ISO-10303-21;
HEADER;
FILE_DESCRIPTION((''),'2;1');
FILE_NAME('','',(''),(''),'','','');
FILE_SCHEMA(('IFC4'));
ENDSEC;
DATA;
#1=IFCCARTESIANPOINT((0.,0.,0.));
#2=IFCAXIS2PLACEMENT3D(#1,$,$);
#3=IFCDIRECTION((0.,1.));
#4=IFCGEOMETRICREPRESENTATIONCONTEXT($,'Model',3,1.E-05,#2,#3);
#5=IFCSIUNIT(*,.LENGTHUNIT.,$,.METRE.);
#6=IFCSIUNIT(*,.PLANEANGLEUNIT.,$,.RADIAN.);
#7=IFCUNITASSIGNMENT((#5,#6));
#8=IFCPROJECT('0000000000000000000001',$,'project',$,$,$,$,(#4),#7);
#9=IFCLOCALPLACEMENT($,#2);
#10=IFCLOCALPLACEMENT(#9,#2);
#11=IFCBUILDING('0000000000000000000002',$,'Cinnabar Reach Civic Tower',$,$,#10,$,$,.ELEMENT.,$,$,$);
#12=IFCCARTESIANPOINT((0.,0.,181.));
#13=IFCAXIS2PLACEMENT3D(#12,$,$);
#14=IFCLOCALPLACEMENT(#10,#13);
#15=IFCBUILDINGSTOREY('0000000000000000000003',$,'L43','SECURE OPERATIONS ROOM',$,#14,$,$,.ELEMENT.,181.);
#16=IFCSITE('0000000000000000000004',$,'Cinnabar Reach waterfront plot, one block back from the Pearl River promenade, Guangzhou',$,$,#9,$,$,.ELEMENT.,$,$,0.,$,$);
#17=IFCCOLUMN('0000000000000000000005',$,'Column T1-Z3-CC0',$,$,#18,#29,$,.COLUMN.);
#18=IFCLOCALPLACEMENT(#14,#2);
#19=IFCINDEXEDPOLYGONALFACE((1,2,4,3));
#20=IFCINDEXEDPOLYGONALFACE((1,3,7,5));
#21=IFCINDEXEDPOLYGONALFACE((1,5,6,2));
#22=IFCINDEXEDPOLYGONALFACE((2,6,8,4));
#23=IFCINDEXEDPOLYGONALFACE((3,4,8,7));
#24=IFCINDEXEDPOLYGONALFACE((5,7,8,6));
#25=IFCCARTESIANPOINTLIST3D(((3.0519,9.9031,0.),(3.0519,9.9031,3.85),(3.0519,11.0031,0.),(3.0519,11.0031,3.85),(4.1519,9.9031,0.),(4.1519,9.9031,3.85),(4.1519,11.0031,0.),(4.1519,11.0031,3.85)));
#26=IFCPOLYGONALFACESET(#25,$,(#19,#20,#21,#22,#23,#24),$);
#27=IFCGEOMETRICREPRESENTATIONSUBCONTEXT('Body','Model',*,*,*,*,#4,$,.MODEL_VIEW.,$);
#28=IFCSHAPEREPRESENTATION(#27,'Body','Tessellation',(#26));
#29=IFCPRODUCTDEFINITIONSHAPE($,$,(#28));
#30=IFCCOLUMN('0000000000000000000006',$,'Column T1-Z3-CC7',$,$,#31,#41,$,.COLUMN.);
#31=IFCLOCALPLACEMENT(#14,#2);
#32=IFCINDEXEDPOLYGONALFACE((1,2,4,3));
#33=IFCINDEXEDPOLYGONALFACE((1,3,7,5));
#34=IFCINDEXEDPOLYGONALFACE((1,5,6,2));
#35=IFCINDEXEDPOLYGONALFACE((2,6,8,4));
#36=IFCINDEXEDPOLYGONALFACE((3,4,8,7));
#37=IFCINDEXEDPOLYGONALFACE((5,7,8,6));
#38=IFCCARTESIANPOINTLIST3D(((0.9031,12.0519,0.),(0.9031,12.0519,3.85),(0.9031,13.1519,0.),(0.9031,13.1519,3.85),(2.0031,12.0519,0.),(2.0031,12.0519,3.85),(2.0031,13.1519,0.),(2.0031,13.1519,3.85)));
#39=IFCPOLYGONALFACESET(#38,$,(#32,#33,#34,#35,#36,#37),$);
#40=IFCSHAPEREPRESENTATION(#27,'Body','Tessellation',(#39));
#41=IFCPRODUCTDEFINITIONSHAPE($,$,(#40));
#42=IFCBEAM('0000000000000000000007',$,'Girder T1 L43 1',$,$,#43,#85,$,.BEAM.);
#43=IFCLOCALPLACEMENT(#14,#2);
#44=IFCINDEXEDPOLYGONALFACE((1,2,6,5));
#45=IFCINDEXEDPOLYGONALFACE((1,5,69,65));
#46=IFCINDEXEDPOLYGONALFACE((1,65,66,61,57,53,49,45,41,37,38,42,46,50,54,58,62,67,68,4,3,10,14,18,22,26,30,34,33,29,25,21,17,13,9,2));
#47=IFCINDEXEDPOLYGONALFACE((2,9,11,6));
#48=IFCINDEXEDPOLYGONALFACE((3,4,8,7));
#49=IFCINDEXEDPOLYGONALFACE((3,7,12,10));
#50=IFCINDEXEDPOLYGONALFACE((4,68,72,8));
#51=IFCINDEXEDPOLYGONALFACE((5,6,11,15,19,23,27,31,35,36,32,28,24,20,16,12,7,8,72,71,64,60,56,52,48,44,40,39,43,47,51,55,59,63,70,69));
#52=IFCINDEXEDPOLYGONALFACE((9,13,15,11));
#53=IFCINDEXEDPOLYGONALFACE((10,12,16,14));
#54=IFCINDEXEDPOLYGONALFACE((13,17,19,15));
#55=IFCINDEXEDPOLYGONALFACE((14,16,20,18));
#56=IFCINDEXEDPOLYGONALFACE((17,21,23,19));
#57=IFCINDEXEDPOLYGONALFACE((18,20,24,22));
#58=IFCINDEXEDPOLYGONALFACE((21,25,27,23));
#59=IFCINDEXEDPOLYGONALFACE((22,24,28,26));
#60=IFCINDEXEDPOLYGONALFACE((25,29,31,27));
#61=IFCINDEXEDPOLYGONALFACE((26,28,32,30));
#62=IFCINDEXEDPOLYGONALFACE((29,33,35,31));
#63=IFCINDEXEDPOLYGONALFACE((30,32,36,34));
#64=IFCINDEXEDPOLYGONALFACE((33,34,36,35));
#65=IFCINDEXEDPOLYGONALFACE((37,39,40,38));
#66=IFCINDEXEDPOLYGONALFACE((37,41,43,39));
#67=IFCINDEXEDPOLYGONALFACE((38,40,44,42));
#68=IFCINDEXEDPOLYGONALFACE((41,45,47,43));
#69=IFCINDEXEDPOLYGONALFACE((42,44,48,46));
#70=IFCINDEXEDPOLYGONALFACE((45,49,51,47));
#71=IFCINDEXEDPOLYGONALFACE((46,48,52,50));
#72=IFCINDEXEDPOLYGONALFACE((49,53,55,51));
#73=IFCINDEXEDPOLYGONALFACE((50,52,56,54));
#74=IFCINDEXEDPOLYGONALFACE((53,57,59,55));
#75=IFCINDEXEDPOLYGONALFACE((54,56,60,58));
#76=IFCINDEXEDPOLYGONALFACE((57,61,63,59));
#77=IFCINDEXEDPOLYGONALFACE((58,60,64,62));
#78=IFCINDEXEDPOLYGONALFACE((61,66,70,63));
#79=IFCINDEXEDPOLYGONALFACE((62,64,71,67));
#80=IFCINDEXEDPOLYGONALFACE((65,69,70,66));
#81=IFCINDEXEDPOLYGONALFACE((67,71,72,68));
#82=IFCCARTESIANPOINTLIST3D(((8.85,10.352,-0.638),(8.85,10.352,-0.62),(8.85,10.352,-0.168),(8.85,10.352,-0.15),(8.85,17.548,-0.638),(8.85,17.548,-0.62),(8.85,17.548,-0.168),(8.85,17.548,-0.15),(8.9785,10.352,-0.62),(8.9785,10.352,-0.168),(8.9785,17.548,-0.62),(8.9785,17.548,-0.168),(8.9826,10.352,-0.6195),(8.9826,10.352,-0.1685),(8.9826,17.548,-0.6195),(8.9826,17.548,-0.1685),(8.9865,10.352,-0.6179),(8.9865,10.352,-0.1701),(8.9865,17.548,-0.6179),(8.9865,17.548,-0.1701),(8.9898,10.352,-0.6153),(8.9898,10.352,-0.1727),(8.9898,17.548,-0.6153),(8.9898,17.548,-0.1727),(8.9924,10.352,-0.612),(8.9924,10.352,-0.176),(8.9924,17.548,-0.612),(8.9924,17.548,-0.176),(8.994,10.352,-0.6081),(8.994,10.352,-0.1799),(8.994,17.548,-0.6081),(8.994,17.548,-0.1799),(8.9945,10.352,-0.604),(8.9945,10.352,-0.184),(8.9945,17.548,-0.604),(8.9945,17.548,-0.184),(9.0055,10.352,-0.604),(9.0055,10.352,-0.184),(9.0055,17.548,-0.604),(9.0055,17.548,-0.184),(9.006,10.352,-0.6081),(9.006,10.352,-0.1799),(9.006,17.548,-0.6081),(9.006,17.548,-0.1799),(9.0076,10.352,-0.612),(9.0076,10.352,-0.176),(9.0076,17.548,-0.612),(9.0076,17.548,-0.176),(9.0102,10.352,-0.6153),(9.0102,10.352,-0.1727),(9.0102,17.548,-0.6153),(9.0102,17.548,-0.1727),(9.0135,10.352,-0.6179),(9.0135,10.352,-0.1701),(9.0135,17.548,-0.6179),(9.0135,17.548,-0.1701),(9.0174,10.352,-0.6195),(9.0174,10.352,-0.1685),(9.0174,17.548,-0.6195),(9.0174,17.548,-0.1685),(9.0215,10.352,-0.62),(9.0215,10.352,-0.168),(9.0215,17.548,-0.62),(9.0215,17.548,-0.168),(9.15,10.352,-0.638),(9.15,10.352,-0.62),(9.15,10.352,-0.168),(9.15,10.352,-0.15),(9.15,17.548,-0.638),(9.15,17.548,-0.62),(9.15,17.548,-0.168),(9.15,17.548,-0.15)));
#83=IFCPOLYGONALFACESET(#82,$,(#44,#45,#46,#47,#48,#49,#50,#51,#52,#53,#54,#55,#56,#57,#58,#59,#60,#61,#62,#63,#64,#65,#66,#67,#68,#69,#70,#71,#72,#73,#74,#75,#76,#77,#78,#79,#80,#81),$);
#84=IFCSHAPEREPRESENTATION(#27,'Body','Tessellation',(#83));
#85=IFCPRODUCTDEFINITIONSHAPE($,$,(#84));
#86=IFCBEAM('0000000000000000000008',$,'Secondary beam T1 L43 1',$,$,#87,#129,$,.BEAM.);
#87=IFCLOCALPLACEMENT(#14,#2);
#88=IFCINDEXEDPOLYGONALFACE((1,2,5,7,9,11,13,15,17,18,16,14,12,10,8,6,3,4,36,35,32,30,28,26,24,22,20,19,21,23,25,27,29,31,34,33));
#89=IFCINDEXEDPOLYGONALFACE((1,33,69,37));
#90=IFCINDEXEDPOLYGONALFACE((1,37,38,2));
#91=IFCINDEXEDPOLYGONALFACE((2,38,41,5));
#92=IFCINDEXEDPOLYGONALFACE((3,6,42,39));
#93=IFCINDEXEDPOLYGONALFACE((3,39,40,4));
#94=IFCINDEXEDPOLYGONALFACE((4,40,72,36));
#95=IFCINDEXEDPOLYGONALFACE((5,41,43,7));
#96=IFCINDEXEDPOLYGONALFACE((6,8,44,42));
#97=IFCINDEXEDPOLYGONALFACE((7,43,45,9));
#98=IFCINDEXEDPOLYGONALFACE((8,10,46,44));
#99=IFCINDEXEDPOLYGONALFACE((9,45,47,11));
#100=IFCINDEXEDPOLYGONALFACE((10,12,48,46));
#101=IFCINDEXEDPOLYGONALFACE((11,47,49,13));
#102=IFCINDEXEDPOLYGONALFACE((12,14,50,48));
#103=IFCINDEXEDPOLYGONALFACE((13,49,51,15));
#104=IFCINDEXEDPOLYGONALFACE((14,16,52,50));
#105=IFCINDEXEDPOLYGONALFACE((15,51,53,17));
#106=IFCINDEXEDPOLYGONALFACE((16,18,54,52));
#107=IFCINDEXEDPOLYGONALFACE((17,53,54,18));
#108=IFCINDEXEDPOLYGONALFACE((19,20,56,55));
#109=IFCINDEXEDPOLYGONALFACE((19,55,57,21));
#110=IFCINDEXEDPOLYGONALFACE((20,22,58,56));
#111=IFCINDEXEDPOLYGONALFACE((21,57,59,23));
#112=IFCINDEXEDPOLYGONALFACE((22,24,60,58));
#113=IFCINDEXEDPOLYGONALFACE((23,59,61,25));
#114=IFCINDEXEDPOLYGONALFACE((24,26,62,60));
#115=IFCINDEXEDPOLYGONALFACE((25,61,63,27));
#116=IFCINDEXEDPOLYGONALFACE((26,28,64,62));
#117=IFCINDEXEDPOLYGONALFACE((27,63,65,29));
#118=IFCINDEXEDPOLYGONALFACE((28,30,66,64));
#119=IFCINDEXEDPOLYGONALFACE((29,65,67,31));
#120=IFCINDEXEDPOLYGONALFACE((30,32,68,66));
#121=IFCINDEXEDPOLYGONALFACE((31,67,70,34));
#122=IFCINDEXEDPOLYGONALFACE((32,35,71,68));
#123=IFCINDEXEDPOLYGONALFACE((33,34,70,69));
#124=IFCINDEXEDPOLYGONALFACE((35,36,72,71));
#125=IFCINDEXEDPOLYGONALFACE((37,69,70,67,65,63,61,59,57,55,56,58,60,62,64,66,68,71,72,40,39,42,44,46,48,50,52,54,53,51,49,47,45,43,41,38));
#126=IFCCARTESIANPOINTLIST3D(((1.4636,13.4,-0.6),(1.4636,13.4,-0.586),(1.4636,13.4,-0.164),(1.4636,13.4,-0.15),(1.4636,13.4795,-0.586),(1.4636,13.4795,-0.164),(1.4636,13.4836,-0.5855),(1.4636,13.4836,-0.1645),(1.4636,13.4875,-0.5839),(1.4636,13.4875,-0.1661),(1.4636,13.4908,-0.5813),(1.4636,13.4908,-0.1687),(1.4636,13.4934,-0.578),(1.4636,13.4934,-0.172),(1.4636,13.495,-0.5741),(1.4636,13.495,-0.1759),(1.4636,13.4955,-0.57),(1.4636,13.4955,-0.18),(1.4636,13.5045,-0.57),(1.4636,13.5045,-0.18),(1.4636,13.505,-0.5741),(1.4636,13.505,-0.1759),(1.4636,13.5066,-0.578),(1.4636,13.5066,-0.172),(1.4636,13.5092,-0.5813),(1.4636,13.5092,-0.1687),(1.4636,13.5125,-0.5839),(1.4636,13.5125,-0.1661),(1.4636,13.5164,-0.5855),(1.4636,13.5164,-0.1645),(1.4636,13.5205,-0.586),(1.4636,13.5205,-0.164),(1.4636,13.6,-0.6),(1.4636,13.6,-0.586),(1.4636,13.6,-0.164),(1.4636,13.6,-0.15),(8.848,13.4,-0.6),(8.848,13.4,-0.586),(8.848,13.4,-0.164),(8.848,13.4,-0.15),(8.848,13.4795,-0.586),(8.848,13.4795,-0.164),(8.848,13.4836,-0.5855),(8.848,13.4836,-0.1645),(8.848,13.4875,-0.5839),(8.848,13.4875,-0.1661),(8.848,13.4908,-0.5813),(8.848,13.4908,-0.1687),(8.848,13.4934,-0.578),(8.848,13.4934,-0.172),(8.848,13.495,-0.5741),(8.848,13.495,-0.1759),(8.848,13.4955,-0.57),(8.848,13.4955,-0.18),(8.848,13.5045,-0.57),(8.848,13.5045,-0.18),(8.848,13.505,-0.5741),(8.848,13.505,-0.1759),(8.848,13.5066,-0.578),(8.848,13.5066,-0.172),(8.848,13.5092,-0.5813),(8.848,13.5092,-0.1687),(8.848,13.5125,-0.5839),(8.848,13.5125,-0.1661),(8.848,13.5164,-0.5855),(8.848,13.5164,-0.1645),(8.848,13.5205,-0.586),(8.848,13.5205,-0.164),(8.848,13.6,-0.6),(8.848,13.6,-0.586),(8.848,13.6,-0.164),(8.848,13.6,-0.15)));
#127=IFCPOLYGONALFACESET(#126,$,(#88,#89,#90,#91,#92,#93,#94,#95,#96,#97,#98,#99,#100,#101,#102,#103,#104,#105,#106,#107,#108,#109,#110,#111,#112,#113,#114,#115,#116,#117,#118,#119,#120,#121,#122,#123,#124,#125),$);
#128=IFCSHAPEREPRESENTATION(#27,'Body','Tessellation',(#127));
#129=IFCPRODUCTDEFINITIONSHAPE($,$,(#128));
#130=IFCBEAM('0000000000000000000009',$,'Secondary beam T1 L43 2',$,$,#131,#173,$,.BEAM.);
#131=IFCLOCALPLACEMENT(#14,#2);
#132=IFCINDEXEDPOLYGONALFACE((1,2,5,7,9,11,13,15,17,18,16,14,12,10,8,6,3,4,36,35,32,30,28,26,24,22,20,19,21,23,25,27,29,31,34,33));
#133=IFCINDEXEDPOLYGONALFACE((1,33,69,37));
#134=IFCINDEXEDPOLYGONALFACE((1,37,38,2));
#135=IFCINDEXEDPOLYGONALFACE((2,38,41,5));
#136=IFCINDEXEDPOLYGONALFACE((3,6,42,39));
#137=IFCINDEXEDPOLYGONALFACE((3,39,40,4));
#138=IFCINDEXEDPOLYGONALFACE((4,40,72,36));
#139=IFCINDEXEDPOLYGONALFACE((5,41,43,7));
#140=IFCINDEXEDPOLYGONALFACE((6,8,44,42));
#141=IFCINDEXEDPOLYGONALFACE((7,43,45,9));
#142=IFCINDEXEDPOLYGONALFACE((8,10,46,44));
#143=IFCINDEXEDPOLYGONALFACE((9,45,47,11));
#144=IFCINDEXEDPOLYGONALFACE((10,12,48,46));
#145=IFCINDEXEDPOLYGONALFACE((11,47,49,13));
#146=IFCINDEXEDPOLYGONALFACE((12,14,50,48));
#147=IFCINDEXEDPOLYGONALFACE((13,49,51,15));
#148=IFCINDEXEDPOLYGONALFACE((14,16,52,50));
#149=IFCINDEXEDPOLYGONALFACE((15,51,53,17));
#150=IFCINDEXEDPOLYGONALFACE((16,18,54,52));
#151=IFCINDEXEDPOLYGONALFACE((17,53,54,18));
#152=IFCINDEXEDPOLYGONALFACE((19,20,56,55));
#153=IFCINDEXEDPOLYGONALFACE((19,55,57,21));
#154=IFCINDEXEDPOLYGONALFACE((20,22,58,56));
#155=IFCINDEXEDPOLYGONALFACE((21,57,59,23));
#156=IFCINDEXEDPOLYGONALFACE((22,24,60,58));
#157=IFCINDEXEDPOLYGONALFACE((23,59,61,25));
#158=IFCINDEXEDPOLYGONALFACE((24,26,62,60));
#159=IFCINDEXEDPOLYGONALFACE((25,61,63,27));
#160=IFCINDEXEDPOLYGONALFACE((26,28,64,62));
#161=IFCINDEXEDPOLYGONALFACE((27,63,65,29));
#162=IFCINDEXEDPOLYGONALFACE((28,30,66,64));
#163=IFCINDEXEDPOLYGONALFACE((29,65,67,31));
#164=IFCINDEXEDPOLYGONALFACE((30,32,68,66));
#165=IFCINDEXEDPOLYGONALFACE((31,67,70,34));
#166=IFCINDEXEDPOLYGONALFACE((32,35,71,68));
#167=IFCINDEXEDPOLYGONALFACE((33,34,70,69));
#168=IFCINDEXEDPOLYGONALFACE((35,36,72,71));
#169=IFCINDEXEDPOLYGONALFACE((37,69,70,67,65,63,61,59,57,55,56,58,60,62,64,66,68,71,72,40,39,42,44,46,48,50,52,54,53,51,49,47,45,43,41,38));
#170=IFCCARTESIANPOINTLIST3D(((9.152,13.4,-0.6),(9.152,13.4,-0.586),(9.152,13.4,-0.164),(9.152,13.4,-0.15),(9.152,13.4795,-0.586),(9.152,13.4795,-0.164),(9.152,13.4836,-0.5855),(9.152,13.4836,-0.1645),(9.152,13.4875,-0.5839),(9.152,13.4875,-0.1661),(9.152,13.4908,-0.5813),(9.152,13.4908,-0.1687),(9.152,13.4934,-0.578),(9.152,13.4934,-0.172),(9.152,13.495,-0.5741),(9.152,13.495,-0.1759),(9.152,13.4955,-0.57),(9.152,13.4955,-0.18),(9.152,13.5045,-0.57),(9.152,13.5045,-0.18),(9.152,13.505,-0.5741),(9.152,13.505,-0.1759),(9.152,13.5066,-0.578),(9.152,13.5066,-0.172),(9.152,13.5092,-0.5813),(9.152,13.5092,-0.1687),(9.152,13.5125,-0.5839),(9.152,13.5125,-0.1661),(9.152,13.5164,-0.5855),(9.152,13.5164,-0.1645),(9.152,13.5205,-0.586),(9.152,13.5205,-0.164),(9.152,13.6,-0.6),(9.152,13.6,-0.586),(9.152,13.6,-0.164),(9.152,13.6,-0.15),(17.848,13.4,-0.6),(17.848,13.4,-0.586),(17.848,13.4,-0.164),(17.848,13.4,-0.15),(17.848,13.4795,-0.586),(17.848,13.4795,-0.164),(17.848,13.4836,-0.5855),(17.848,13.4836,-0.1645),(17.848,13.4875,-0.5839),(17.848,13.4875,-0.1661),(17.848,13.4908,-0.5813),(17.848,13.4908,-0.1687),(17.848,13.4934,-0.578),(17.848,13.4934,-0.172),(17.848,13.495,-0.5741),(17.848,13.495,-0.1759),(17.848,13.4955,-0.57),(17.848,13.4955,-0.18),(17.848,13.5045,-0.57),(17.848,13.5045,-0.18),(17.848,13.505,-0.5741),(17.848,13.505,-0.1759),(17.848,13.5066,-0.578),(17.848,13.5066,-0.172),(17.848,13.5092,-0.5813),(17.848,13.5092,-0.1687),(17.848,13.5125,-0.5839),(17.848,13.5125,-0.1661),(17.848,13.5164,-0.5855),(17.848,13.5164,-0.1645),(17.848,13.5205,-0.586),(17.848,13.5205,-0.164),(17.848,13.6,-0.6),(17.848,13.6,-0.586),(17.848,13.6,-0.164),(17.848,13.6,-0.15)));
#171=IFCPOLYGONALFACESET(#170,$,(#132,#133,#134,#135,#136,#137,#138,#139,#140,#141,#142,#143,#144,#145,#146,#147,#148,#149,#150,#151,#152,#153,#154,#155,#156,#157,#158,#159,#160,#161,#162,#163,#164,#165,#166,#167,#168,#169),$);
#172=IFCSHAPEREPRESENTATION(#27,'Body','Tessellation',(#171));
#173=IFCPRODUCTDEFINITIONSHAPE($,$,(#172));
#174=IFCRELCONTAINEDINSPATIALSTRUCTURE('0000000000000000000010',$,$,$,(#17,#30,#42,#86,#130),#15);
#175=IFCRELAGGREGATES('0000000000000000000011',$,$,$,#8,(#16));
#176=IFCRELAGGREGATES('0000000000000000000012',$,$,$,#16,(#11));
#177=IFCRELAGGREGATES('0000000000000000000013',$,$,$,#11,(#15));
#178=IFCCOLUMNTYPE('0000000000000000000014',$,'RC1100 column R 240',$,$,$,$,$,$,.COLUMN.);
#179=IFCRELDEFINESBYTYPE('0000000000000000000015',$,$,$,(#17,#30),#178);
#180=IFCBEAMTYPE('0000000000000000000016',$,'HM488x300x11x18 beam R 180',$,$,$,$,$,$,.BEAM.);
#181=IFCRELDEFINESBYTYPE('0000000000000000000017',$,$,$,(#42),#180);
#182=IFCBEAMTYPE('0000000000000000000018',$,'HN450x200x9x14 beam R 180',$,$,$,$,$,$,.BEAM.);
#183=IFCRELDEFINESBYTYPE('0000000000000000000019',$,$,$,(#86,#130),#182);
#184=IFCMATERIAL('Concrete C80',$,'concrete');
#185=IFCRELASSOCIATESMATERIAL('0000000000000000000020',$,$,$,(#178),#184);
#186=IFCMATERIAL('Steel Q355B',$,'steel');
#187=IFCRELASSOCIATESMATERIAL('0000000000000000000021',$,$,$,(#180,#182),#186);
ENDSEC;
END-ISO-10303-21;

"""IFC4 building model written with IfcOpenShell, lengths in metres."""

from ifc_helpers import new_model, si_unit, direction, frame, origin, origin_2d, place, context, subcontext, project, spatial, rectangle, i_section, extrude, material, material_profile, profile_set, type_object, element, save


model = new_model("IFC4")

# Units and contexts
model_context = context("Model", 3, precision=1e-05, world=origin(), true_north=direction((0.0, 1.0)))
body_context = subcontext(model_context, "Body", "Model", "MODEL_VIEW")
ifc_project = project(units=[si_unit("LENGTHUNIT", "METRE"), si_unit("PLANEANGLEUNIT", "RADIAN")], contexts=[model_context])

# Site, building, storey
site_placement = place(None, origin())
site = spatial("IfcSite", under=ifc_project, at=site_placement, Name="Cinnabar Reach waterfront plot, one block back from the Pearl River promenade, Guangzhou", CompositionType="ELEMENT", RefElevation=0.0)
building_placement = place(site_placement, origin())
building = spatial("IfcBuilding", under=site, at=building_placement, Name="Cinnabar Reach Civic Tower", CompositionType="ELEMENT")
storey_placement = place(building_placement, frame((0.0, 0.0, 181.0)))
storey = spatial("IfcBuildingStorey", under=building, at=storey_placement, Name="L43", Description="SECURE OPERATIONS ROOM", CompositionType="ELEMENT", Elevation=181.0)

# Columns
ifc_material_1 = material(Name="Concrete C80", Category="concrete")
ifc_material_profile_1 = material_profile(ifc_material_1, rectangle(XDim=1.1, YDim=1.1, at=origin_2d()), Name="RC1100")
ifc_profile_set_1 = profile_set([ifc_material_profile_1], Name="Concrete C80")
column_type = type_object("IfcColumnType", Name="RC1100 column R 240", PredefinedType="COLUMN", material=ifc_profile_set_1)
for number, where, z_axis, x_axis, name in (
    (1, (3.6019, 10.4531, 0.0), (0.0, 0.0, 1.0), (1.0, 0.0, 0.0), "Column T1-Z3-CC0"),
    (2, (1.4531, 12.6019, 0.0), (0.0, 0.0, 1.0), (1.0, 0.0, 0.0), "Column T1-Z3-CC7"),
):
    element("IfcColumn", number, at=place(storey_placement, frame(where, z_axis=z_axis, x_axis=x_axis)), inside=storey, type_object=column_type, Name=name, PredefinedType="COLUMN", context=body_context, shape_type="SweptSolid", body=[
        extrude(rectangle(XDim=1.1, YDim=1.1, at=origin_2d()), origin(), (0.0, 0.0, 1.0), 3.85),
    ])

# Beams
ifc_material_2 = material(Name="Steel Q355B", Category="steel")
ifc_material_profile_2 = material_profile(ifc_material_2, i_section(OverallWidth=0.3, OverallDepth=0.488, WebThickness=0.011, FlangeThickness=0.018, FilletRadius=0.016, at=origin_2d()), Name="HM488x300x11x18")
ifc_profile_set_2 = profile_set([ifc_material_profile_2], Name="Steel Q355B")
beam_type_1 = type_object("IfcBeamType", Name="HM488x300x11x18 beam R 180", PredefinedType="BEAM", material=ifc_profile_set_2)
beam_1_placement = place(storey_placement, frame((9.0, 10.352, -0.394), z_axis=(0.0, 1.0, 0.0), x_axis=(-1.0, 0.0, 0.0)))
element("IfcBeam", 3, at=beam_1_placement, inside=storey, type_object=beam_type_1, Name="Girder T1 L43 1", PredefinedType="BEAM", context=body_context, shape_type="SweptSolid", body=[
    extrude(i_section(OverallWidth=0.3, OverallDepth=0.488, WebThickness=0.011, FlangeThickness=0.018, FilletRadius=0.016, at=origin_2d()), origin(), (0.0, 0.0, 1.0), 7.196),
])
ifc_material_profile_3 = material_profile(ifc_material_2, i_section(OverallWidth=0.2, OverallDepth=0.45, WebThickness=0.009, FlangeThickness=0.014, FilletRadius=0.016, at=origin_2d()), Name="HN450x200x9x14")
ifc_profile_set_3 = profile_set([ifc_material_profile_3], Name="Steel Q355B")
beam_type_2 = type_object("IfcBeamType", Name="HN450x200x9x14 beam R 180", PredefinedType="BEAM", material=ifc_profile_set_3)
beam_2_placement = place(storey_placement, frame((1.4636, 13.5, -0.375), z_axis=(1.0, 0.0, 0.0), x_axis=(0.0, 1.0, 0.0)))
element("IfcBeam", 4, at=beam_2_placement, inside=storey, type_object=beam_type_2, Name="Secondary beam T1 L43 1", PredefinedType="BEAM", context=body_context, shape_type="SweptSolid", body=[
    extrude(i_section(OverallWidth=0.2, OverallDepth=0.45, WebThickness=0.009, FlangeThickness=0.014, FilletRadius=0.016, at=origin_2d()), origin(), (0.0, 0.0, 1.0), 7.3844),
])
beam_3_placement = place(storey_placement, frame((9.152, 13.5, -0.375), z_axis=(1.0, 0.0, 0.0), x_axis=(0.0, 1.0, 0.0)))
element("IfcBeam", 5, at=beam_3_placement, inside=storey, type_object=beam_type_2, Name="Secondary beam T1 L43 2", PredefinedType="BEAM", context=body_context, shape_type="SweptSolid", body=[
    extrude(i_section(OverallWidth=0.2, OverallDepth=0.45, WebThickness=0.009, FlangeThickness=0.014, FilletRadius=0.016, at=origin_2d()), origin(), (0.0, 0.0, 1.0), 8.696),
])

save(model, "model.ifc")
